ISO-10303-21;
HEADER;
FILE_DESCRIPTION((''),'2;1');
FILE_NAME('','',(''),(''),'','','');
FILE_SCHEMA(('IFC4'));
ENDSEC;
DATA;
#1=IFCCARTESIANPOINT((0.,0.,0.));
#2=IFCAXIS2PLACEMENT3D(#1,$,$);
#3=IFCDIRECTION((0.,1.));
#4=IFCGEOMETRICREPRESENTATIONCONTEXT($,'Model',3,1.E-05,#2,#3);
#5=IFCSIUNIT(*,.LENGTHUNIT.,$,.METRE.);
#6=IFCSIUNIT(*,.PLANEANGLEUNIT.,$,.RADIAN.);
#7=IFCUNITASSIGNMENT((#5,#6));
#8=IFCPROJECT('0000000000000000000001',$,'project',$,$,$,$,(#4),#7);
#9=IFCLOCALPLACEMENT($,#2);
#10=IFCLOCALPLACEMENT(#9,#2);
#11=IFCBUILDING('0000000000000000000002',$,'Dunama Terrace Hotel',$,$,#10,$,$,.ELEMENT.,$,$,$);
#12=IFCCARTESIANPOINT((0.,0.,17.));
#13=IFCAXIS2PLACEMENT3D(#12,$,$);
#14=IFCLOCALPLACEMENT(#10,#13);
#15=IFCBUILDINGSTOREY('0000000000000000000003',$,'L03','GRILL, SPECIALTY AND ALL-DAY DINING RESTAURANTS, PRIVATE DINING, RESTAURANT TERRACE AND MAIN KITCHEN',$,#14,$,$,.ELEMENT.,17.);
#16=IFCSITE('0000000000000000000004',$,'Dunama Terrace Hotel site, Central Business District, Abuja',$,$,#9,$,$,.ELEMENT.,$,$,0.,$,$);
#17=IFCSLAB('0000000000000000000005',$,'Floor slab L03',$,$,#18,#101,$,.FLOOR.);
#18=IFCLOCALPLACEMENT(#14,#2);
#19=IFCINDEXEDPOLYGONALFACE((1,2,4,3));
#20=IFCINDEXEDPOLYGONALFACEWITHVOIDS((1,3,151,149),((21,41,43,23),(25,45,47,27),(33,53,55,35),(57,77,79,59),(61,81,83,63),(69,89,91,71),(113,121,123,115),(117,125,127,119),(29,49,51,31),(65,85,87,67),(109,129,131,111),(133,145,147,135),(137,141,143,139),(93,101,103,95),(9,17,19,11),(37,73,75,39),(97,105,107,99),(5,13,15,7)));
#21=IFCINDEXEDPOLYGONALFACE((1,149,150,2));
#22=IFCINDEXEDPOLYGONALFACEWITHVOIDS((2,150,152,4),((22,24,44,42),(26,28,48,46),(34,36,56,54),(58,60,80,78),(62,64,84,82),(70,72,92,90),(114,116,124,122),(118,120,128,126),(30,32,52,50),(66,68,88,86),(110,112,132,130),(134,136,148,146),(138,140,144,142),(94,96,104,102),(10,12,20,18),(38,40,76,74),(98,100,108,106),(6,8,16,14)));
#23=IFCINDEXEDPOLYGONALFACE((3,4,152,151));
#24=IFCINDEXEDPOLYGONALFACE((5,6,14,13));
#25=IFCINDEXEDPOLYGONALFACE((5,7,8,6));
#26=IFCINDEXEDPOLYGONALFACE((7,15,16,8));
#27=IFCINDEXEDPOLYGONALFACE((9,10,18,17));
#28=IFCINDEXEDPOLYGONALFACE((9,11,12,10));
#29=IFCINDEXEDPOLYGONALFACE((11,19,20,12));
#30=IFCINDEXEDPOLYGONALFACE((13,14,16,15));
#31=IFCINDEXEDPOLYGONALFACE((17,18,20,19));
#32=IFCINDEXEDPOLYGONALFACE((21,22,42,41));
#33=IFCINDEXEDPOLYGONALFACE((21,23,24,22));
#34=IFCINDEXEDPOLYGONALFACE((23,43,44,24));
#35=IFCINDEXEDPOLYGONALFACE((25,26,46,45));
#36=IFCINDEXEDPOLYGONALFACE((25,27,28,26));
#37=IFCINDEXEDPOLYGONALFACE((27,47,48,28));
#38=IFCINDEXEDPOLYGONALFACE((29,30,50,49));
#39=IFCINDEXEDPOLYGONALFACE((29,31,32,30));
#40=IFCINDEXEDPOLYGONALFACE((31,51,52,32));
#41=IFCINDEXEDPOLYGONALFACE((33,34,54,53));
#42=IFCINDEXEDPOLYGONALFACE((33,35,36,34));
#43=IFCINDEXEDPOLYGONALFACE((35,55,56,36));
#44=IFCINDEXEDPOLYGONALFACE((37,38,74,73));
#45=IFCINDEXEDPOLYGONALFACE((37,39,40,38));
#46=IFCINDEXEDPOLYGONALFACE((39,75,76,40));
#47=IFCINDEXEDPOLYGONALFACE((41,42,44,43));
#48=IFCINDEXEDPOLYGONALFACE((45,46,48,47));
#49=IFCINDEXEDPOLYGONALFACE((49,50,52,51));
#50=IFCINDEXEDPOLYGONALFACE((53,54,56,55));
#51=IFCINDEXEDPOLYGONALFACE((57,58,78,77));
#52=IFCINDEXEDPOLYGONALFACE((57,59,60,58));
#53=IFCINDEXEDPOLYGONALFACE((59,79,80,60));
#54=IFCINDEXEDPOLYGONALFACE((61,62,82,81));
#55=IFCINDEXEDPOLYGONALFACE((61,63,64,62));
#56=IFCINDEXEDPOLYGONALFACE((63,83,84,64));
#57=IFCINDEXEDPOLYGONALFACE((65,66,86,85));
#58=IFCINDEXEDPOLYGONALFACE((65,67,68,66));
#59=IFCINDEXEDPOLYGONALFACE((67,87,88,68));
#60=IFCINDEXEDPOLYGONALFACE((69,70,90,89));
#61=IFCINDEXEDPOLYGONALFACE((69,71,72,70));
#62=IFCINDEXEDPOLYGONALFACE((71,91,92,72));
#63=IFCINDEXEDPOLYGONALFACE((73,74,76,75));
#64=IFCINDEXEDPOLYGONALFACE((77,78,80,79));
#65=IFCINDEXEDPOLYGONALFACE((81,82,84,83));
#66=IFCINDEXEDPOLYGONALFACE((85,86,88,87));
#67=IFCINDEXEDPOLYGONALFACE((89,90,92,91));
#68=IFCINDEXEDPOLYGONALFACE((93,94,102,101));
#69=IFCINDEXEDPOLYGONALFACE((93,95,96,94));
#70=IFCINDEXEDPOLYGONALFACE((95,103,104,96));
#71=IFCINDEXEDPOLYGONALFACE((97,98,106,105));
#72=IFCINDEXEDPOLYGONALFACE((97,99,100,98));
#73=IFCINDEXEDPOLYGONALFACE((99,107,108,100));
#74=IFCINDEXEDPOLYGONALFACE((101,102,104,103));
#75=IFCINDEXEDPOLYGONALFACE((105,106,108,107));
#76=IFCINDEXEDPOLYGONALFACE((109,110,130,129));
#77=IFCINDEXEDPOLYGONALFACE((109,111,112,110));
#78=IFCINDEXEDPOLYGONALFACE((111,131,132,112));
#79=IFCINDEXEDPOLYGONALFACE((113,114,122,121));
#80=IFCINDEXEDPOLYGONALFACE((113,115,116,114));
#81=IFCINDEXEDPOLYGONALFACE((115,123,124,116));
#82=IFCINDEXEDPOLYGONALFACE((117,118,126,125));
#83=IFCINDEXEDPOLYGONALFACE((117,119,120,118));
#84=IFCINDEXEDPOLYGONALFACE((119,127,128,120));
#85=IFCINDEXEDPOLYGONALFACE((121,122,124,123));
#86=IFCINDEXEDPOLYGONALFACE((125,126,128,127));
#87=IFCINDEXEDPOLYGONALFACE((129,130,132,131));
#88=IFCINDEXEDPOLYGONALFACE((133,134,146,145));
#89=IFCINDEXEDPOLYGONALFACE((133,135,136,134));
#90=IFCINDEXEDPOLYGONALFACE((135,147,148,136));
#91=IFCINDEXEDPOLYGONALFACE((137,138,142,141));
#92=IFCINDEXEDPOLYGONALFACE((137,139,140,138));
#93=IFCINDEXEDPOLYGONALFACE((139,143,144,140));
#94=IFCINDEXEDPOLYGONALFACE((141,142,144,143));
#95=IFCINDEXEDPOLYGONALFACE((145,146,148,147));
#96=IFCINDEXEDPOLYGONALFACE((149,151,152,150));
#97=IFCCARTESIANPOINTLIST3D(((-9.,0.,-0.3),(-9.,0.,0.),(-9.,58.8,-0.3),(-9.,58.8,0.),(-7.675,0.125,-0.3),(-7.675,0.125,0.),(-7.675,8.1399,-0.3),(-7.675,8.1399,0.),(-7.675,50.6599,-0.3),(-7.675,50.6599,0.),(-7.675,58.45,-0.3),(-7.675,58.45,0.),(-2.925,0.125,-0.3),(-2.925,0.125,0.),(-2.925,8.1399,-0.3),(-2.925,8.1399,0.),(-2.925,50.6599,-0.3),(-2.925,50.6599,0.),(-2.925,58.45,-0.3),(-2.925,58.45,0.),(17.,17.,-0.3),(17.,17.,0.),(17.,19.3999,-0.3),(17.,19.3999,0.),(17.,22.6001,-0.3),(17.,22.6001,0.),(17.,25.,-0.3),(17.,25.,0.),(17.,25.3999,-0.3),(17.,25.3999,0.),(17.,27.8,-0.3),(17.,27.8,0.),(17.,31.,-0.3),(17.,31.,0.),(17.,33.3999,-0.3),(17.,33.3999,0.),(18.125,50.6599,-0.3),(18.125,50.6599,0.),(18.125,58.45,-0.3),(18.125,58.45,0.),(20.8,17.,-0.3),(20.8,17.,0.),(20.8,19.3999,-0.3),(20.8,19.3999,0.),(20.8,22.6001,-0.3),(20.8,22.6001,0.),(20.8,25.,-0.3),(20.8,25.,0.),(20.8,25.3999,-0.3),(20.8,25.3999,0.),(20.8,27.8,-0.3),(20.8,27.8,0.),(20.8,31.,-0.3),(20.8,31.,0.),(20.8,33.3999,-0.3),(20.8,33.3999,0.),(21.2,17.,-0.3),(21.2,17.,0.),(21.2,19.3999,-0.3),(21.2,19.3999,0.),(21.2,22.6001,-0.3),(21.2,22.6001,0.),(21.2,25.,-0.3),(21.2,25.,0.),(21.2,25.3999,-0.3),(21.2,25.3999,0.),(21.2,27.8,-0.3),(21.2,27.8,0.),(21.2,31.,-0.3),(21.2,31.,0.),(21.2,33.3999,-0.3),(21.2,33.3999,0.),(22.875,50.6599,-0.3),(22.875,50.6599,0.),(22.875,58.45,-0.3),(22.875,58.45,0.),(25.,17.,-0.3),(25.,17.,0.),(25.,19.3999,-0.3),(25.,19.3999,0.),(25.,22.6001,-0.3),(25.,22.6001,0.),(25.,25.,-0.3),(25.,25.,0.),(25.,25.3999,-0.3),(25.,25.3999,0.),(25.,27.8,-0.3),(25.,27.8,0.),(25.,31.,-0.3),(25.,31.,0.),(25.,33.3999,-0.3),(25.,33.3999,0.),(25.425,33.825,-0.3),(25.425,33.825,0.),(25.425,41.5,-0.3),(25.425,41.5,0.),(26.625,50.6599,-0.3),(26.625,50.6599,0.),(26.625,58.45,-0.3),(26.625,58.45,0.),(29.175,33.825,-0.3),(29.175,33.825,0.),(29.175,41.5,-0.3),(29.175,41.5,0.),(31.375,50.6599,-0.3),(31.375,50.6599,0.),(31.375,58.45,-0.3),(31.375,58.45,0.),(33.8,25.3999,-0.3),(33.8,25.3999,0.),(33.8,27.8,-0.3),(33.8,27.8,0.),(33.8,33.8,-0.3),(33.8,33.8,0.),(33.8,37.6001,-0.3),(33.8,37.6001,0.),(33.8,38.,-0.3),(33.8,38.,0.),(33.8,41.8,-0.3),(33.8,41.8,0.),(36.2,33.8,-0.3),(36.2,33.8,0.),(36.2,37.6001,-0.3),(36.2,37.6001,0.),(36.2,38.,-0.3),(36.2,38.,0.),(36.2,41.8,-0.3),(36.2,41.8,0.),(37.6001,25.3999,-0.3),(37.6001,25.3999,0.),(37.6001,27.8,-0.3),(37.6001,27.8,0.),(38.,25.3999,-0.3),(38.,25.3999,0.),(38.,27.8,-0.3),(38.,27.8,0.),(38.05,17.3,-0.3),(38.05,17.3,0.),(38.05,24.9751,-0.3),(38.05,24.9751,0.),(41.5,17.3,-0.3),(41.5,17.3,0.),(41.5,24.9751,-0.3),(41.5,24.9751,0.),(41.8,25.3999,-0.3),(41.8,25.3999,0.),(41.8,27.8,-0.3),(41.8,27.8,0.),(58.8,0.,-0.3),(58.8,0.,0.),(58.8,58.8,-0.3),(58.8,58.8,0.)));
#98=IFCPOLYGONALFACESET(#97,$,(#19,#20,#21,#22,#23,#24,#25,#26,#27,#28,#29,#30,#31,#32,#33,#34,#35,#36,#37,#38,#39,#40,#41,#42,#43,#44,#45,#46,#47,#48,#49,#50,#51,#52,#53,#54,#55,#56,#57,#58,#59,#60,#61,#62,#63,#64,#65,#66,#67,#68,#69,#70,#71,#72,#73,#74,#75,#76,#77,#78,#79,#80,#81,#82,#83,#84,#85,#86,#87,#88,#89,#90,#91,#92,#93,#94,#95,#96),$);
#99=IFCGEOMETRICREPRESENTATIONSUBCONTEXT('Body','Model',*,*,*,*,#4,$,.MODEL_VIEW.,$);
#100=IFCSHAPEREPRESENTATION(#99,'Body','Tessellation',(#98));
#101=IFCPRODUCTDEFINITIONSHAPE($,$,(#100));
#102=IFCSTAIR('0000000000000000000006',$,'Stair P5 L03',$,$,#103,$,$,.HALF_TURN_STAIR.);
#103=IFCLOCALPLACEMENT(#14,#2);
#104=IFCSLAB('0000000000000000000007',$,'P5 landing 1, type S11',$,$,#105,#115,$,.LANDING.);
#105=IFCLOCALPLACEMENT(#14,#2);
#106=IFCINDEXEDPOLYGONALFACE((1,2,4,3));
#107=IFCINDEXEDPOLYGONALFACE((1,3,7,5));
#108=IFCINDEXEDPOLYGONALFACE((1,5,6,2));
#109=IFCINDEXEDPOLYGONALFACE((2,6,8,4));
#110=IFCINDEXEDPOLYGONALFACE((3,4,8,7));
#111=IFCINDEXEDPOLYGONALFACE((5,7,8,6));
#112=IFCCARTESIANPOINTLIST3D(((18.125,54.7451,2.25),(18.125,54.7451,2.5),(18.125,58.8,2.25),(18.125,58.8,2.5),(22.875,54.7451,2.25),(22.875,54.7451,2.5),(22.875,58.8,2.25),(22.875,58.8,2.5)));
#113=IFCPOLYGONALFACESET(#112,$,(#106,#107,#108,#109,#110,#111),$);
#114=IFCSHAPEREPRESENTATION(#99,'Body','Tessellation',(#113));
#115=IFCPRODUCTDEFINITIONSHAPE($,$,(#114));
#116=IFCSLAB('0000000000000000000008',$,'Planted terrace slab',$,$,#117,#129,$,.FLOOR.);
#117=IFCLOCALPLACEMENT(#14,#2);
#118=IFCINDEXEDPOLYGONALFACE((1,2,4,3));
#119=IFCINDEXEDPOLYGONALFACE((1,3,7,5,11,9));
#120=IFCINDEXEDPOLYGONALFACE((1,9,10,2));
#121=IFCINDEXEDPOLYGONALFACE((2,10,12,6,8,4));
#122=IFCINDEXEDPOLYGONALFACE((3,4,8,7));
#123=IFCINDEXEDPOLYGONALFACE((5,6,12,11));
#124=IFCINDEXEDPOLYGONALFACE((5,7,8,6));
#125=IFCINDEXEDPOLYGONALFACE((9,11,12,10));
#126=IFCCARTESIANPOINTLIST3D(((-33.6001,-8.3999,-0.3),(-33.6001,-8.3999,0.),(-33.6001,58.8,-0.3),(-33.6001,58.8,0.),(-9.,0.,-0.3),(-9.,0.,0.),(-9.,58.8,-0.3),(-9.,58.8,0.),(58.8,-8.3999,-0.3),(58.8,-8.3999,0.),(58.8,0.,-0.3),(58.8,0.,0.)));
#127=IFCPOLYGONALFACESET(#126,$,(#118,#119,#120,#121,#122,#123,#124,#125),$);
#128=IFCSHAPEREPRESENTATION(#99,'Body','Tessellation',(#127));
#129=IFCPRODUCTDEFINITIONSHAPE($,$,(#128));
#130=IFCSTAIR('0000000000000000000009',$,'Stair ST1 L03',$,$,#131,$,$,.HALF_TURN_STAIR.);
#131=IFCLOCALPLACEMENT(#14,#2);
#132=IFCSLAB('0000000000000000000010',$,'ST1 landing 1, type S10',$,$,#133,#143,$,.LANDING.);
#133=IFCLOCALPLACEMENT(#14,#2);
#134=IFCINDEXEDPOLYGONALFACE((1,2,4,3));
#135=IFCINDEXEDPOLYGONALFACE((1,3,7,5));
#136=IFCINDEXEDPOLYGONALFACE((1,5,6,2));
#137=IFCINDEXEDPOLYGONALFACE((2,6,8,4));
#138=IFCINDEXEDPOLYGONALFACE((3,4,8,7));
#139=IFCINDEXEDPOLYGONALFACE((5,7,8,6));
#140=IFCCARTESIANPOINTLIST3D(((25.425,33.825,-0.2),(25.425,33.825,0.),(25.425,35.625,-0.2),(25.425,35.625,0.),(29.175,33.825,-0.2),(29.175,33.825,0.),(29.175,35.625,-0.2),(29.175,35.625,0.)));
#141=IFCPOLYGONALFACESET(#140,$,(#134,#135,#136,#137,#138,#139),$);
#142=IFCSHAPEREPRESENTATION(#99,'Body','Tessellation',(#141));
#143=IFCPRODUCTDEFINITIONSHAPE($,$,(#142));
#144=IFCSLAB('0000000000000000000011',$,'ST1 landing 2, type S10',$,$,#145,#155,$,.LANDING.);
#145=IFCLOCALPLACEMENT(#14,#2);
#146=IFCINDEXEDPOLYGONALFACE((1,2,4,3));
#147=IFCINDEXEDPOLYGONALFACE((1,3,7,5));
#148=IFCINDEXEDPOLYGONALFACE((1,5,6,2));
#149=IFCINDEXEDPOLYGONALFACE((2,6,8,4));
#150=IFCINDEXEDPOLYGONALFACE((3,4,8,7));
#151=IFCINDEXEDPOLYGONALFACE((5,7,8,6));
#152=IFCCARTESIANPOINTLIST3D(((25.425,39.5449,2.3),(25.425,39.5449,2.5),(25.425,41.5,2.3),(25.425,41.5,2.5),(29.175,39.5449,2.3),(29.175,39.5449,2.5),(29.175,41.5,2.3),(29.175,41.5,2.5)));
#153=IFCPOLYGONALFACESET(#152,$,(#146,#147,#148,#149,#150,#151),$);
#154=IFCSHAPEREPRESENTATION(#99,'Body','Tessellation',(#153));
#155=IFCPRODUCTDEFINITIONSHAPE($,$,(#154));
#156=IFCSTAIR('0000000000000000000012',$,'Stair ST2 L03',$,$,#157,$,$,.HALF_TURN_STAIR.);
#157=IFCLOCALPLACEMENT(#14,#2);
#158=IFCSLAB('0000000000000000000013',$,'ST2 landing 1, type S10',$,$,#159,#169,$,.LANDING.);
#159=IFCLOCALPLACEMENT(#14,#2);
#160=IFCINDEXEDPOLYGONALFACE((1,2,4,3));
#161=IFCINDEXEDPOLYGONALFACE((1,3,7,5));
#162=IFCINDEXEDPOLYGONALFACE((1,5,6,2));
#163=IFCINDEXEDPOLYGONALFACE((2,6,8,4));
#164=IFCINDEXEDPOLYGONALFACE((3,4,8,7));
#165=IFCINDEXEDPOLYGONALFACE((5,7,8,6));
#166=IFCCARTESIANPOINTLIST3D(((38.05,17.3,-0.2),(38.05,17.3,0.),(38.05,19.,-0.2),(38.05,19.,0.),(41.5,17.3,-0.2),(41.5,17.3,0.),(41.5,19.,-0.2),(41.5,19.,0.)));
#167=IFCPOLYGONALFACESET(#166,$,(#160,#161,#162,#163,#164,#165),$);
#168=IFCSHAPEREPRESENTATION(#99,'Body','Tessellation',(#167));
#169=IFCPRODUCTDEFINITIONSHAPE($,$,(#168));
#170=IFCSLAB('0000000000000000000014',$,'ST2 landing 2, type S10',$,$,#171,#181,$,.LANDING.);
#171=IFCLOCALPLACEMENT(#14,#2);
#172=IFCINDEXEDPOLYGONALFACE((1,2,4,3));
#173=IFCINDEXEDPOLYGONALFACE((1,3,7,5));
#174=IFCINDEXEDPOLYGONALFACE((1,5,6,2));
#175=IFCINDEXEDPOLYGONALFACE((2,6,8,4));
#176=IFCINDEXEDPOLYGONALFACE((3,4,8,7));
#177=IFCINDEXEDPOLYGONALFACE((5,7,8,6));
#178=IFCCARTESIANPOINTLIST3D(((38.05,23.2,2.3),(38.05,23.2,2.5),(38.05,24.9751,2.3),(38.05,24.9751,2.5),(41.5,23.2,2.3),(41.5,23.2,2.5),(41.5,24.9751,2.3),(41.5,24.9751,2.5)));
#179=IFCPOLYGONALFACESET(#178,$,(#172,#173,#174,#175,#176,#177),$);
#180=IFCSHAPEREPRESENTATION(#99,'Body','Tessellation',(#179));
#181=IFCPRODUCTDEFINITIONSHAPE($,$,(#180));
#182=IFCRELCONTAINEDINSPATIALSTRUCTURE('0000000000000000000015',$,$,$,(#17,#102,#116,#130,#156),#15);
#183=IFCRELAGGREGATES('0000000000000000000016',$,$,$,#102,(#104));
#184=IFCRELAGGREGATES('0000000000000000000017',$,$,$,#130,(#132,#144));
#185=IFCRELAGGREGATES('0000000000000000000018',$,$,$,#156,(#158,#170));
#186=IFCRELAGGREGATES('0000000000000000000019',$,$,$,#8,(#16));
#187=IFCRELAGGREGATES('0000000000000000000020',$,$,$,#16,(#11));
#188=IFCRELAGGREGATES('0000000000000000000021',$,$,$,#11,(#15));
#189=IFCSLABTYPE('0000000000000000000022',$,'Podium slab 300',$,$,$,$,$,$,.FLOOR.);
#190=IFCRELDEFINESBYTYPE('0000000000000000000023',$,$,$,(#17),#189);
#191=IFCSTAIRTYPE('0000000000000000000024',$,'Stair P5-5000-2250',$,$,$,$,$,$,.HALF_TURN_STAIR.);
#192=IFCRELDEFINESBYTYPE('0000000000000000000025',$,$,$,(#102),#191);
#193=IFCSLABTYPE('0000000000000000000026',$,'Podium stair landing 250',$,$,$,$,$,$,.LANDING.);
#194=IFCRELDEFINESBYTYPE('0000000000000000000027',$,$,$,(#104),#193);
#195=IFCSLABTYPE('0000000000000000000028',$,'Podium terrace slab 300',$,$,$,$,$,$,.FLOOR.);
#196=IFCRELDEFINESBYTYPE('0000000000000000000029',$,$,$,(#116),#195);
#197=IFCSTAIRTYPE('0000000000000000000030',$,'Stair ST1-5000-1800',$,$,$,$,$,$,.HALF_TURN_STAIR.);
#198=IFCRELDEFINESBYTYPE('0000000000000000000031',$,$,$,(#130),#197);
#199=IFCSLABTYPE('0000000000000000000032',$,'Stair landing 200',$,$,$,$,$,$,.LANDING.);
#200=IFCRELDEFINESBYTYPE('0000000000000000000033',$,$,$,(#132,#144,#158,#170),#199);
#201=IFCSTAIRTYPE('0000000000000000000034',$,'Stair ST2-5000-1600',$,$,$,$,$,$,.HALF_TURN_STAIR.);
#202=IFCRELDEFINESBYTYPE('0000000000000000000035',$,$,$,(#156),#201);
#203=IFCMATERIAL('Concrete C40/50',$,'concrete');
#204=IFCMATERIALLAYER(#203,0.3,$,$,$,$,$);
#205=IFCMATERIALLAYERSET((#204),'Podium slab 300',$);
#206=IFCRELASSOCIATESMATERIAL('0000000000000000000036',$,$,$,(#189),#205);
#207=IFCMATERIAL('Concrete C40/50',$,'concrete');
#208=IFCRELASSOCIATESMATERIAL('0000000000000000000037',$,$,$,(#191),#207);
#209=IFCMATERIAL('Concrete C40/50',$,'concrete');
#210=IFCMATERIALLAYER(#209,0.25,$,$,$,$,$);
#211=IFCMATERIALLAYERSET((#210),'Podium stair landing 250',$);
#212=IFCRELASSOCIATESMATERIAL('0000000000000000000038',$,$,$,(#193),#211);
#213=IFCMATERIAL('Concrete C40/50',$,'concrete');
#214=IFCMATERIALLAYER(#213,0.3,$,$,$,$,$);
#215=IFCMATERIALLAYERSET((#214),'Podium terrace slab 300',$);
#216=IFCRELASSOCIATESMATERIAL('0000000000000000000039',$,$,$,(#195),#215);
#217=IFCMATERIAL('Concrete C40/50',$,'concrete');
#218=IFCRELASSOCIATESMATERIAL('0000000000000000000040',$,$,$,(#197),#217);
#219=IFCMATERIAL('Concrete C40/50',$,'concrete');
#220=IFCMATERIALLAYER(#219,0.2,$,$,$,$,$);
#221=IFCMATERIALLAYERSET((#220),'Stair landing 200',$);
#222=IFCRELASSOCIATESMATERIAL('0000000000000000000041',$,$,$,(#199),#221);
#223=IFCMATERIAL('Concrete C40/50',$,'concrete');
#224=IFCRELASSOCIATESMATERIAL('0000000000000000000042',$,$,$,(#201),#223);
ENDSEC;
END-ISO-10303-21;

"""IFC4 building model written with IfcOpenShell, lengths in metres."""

from ifc_helpers import new_model, si_unit, direction, frame, origin, place, context, subcontext, project, spatial, polyline, outline, extrude, material, layer, layer_set, type_object, element, aggregate, save


model = new_model("IFC4")

# Units and contexts
model_context = context("Model", 3, precision=1e-05, world=origin(), true_north=direction((0.0, 1.0)))
body_context = subcontext(model_context, "Body", "Model", "MODEL_VIEW")
ifc_project = project(units=[si_unit("LENGTHUNIT", "METRE"), si_unit("PLANEANGLEUNIT", "RADIAN")], contexts=[model_context])

# Site, building, storey
site_placement = place(None, origin())
site = spatial("IfcSite", under=ifc_project, at=site_placement, Name="Dunama Terrace Hotel site, Central Business District, Abuja", CompositionType="ELEMENT", RefElevation=0.0)
building_placement = place(site_placement, origin())
building = spatial("IfcBuilding", under=site, at=building_placement, Name="Dunama Terrace Hotel", CompositionType="ELEMENT")
storey_placement = place(building_placement, frame((0.0, 0.0, 17.0)))
storey = spatial("IfcBuildingStorey", under=building, at=storey_placement, Name="L03", Description="GRILL, SPECIALTY AND ALL-DAY DINING RESTAURANTS, PRIVATE DINING, RESTAURANT TERRACE AND MAIN KITCHEN", CompositionType="ELEMENT", Elevation=17.0)

# Slab
ifc_material_1 = material(Name="Concrete C40/50", Category="concrete")
ifc_layer_1 = layer(ifc_material_1, 0.3)
ifc_layer_set_1 = layer_set([ifc_layer_1], Name="Podium slab 300")
slab_type_1 = type_object("IfcSlabType", Name="Podium slab 300", PredefinedType="FLOOR", material=ifc_layer_set_1)
slab_1_placement = place(storey_placement, frame((0.0, 0.0, -0.3)))
element("IfcSlab", 1, at=slab_1_placement, inside=storey, type_object=slab_type_1, Name="Floor slab L03", PredefinedType="FLOOR", context=body_context, shape_type="SweptSolid", body=[
    extrude(outline(polyline([(-9.0, 0.0), (58.8, 0.0), (58.8, 58.8), (-9.0, 58.8), (-9.0, 0.0)]), holes=[polyline([(20.8, 25.3999), (20.8, 27.8), (17.0, 27.8), (17.0, 25.3999), (20.8, 25.3999)]), polyline([(25.0, 25.3999), (25.0, 27.8), (21.2, 27.8), (21.2, 25.3999), (25.0, 25.3999)]), polyline([(20.8, 31.0), (20.8, 33.3999), (17.0, 33.3999), (17.0, 31.0), (20.8, 31.0)]), polyline([(25.0, 31.0), (25.0, 33.3999), (21.2, 33.3999), (21.2, 31.0), (25.0, 31.0)]), polyline([(37.6001, 25.3999), (37.6001, 27.8), (33.8, 27.8), (33.8, 25.3999), (37.6001, 25.3999)]), polyline([(41.8, 25.3999), (41.8, 27.8), (38.0, 27.8), (38.0, 25.3999), (41.8, 25.3999)]), polyline([(20.8, 17.0), (20.8, 19.3999), (17.0, 19.3999), (17.0, 17.0), (20.8, 17.0)]), polyline([(25.0, 17.0), (25.0, 19.3999), (21.2, 19.3999), (21.2, 17.0), (25.0, 17.0)]), polyline([(20.8, 22.6001), (20.8, 25.0), (17.0, 25.0), (17.0, 22.6001), (20.8, 22.6001)]), polyline([(25.0, 22.6001), (25.0, 25.0), (21.2, 25.0), (21.2, 22.6001), (25.0, 22.6001)]), polyline([(36.2, 38.0), (36.2, 41.8), (33.8, 41.8), (33.8, 38.0), (36.2, 38.0)]), polyline([(36.2, 33.8), (36.2, 37.6001), (33.8, 37.6001), (33.8, 33.8), (36.2, 33.8)]), polyline([(29.175, 33.825), (29.175, 41.5), (25.425, 41.5), (25.425, 33.825), (29.175, 33.825)]), polyline([(41.5, 17.3), (41.5, 24.9751), (38.05, 24.9751), (38.05, 17.3), (41.5, 17.3)]), polyline([(-2.925, 50.6599), (-2.925, 58.45), (-7.675, 58.45), (-7.675, 50.6599), (-2.925, 50.6599)]), polyline([(-2.925, 0.125), (-2.925, 8.1399), (-7.675, 8.1399), (-7.675, 0.125), (-2.925, 0.125)]), polyline([(22.875, 50.6599), (22.875, 58.45), (18.125, 58.45), (18.125, 50.6599), (22.875, 50.6599)]), polyline([(31.375, 50.6599), (31.375, 58.45), (26.625, 58.45), (26.625, 50.6599), (31.375, 50.6599)])]), origin(), (0.0, 0.0, 1.0), 0.3),
])

# Stair, slab
ifc_material_2 = material(Name="Concrete C40/50", Category="concrete")
stair_type_1 = type_object("IfcStairType", Name="Stair P5-5000-2250", PredefinedType="HALF_TURN_STAIR", material=ifc_material_2)
stair_1_placement = place(storey_placement, origin())
stair_1 = element("IfcStair", 2, at=stair_1_placement, inside=storey, type_object=stair_type_1, Name="Stair P5 L03", PredefinedType="HALF_TURN_STAIR")
ifc_material_3 = material(Name="Concrete C40/50", Category="concrete")
ifc_layer_2 = layer(ifc_material_3, 0.25)
ifc_layer_set_2 = layer_set([ifc_layer_2], Name="Podium stair landing 250")
slab_type_2 = type_object("IfcSlabType", Name="Podium stair landing 250", PredefinedType="LANDING", material=ifc_layer_set_2)
slab_2_placement = place(storey_placement, frame((0.0, 0.0, 2.25)))
slab_2 = element("IfcSlab", 3, at=slab_2_placement, type_object=slab_type_2, Name="P5 landing 1, type S11", PredefinedType="LANDING", context=body_context, shape_type="SweptSolid", body=[
    extrude(outline(polyline([(18.125, 54.7451), (22.875, 54.7451), (22.875, 58.8), (18.125, 58.8), (18.125, 54.7451)])), origin(), (0.0, 0.0, 1.0), 0.25),
])
aggregate(stair_1, [slab_2])

# Slab
ifc_material_4 = material(Name="Concrete C40/50", Category="concrete")
ifc_layer_3 = layer(ifc_material_4, 0.3)
ifc_layer_set_3 = layer_set([ifc_layer_3], Name="Podium terrace slab 300")
slab_type_3 = type_object("IfcSlabType", Name="Podium terrace slab 300", PredefinedType="FLOOR", material=ifc_layer_set_3)
slab_3_placement = place(storey_placement, frame((0.0, 0.0, -0.3)))
element("IfcSlab", 4, at=slab_3_placement, inside=storey, type_object=slab_type_3, Name="Planted terrace slab", PredefinedType="FLOOR", context=body_context, shape_type="SweptSolid", body=[
    extrude(outline(polyline([(58.8, -8.3999), (-33.6001, -8.3999), (-33.6001, 58.8), (-9.0, 58.8), (-9.0, 0.0), (58.8, 0.0), (58.8, -8.3999)])), origin(), (0.0, 0.0, 1.0), 0.3),
])

# Stairs, slabs
ifc_material_5 = material(Name="Concrete C40/50", Category="concrete")
stair_type_2 = type_object("IfcStairType", Name="Stair ST1-5000-1800", PredefinedType="HALF_TURN_STAIR", material=ifc_material_5)
stair_2_placement = place(storey_placement, origin())
stair_2 = element("IfcStair", 5, at=stair_2_placement, inside=storey, type_object=stair_type_2, Name="Stair ST1 L03", PredefinedType="HALF_TURN_STAIR")
ifc_material_6 = material(Name="Concrete C40/50", Category="concrete")
ifc_layer_4 = layer(ifc_material_6, 0.2)
ifc_layer_set_4 = layer_set([ifc_layer_4], Name="Stair landing 200")
slab_type_4 = type_object("IfcSlabType", Name="Stair landing 200", PredefinedType="LANDING", material=ifc_layer_set_4)
slab_4_placement = place(storey_placement, frame((0.0, 0.0, -0.2)))
slab_4 = element("IfcSlab", 6, at=slab_4_placement, type_object=slab_type_4, Name="ST1 landing 1, type S10", PredefinedType="LANDING", context=body_context, shape_type="SweptSolid", body=[
    extrude(outline(polyline([(25.425, 33.825), (29.175, 33.825), (29.175, 35.625), (25.425, 35.625), (25.425, 33.825)])), origin(), (0.0, 0.0, 1.0), 0.2),
])
slab_5_placement = place(storey_placement, frame((0.0, 0.0, 2.3)))
slab_5 = element("IfcSlab", 7, at=slab_5_placement, type_object=slab_type_4, Name="ST1 landing 2, type S10", PredefinedType="LANDING", context=body_context, shape_type="SweptSolid", body=[
    extrude(outline(polyline([(25.425, 39.5449), (29.175, 39.5449), (29.175, 41.5), (25.425, 41.5), (25.425, 39.5449)])), origin(), (0.0, 0.0, 1.0), 0.2),
])
aggregate(stair_2, [slab_4, slab_5])
ifc_material_7 = material(Name="Concrete C40/50", Category="concrete")
stair_type_3 = type_object("IfcStairType", Name="Stair ST2-5000-1600", PredefinedType="HALF_TURN_STAIR", material=ifc_material_7)
stair_3_placement = place(storey_placement, origin())
stair_3 = element("IfcStair", 8, at=stair_3_placement, inside=storey, type_object=stair_type_3, Name="Stair ST2 L03", PredefinedType="HALF_TURN_STAIR")
slab_6_placement = place(storey_placement, frame((0.0, 0.0, -0.2)))
slab_6 = element("IfcSlab", 9, at=slab_6_placement, type_object=slab_type_4, Name="ST2 landing 1, type S10", PredefinedType="LANDING", context=body_context, shape_type="SweptSolid", body=[
    extrude(outline(polyline([(38.05, 17.3), (41.5, 17.3), (41.5, 19.0), (38.05, 19.0), (38.05, 17.3)])), origin(), (0.0, 0.0, 1.0), 0.2),
])
slab_7_placement = place(storey_placement, frame((0.0, 0.0, 2.3)))
slab_7 = element("IfcSlab", 10, at=slab_7_placement, type_object=slab_type_4, Name="ST2 landing 2, type S10", PredefinedType="LANDING", context=body_context, shape_type="SweptSolid", body=[
    extrude(outline(polyline([(38.05, 23.2), (41.5, 23.2), (41.5, 24.9751), (38.05, 24.9751), (38.05, 23.2)])), origin(), (0.0, 0.0, 1.0), 0.2),
])
aggregate(stair_3, [slab_6, slab_7])

save(model, "model.ifc")
